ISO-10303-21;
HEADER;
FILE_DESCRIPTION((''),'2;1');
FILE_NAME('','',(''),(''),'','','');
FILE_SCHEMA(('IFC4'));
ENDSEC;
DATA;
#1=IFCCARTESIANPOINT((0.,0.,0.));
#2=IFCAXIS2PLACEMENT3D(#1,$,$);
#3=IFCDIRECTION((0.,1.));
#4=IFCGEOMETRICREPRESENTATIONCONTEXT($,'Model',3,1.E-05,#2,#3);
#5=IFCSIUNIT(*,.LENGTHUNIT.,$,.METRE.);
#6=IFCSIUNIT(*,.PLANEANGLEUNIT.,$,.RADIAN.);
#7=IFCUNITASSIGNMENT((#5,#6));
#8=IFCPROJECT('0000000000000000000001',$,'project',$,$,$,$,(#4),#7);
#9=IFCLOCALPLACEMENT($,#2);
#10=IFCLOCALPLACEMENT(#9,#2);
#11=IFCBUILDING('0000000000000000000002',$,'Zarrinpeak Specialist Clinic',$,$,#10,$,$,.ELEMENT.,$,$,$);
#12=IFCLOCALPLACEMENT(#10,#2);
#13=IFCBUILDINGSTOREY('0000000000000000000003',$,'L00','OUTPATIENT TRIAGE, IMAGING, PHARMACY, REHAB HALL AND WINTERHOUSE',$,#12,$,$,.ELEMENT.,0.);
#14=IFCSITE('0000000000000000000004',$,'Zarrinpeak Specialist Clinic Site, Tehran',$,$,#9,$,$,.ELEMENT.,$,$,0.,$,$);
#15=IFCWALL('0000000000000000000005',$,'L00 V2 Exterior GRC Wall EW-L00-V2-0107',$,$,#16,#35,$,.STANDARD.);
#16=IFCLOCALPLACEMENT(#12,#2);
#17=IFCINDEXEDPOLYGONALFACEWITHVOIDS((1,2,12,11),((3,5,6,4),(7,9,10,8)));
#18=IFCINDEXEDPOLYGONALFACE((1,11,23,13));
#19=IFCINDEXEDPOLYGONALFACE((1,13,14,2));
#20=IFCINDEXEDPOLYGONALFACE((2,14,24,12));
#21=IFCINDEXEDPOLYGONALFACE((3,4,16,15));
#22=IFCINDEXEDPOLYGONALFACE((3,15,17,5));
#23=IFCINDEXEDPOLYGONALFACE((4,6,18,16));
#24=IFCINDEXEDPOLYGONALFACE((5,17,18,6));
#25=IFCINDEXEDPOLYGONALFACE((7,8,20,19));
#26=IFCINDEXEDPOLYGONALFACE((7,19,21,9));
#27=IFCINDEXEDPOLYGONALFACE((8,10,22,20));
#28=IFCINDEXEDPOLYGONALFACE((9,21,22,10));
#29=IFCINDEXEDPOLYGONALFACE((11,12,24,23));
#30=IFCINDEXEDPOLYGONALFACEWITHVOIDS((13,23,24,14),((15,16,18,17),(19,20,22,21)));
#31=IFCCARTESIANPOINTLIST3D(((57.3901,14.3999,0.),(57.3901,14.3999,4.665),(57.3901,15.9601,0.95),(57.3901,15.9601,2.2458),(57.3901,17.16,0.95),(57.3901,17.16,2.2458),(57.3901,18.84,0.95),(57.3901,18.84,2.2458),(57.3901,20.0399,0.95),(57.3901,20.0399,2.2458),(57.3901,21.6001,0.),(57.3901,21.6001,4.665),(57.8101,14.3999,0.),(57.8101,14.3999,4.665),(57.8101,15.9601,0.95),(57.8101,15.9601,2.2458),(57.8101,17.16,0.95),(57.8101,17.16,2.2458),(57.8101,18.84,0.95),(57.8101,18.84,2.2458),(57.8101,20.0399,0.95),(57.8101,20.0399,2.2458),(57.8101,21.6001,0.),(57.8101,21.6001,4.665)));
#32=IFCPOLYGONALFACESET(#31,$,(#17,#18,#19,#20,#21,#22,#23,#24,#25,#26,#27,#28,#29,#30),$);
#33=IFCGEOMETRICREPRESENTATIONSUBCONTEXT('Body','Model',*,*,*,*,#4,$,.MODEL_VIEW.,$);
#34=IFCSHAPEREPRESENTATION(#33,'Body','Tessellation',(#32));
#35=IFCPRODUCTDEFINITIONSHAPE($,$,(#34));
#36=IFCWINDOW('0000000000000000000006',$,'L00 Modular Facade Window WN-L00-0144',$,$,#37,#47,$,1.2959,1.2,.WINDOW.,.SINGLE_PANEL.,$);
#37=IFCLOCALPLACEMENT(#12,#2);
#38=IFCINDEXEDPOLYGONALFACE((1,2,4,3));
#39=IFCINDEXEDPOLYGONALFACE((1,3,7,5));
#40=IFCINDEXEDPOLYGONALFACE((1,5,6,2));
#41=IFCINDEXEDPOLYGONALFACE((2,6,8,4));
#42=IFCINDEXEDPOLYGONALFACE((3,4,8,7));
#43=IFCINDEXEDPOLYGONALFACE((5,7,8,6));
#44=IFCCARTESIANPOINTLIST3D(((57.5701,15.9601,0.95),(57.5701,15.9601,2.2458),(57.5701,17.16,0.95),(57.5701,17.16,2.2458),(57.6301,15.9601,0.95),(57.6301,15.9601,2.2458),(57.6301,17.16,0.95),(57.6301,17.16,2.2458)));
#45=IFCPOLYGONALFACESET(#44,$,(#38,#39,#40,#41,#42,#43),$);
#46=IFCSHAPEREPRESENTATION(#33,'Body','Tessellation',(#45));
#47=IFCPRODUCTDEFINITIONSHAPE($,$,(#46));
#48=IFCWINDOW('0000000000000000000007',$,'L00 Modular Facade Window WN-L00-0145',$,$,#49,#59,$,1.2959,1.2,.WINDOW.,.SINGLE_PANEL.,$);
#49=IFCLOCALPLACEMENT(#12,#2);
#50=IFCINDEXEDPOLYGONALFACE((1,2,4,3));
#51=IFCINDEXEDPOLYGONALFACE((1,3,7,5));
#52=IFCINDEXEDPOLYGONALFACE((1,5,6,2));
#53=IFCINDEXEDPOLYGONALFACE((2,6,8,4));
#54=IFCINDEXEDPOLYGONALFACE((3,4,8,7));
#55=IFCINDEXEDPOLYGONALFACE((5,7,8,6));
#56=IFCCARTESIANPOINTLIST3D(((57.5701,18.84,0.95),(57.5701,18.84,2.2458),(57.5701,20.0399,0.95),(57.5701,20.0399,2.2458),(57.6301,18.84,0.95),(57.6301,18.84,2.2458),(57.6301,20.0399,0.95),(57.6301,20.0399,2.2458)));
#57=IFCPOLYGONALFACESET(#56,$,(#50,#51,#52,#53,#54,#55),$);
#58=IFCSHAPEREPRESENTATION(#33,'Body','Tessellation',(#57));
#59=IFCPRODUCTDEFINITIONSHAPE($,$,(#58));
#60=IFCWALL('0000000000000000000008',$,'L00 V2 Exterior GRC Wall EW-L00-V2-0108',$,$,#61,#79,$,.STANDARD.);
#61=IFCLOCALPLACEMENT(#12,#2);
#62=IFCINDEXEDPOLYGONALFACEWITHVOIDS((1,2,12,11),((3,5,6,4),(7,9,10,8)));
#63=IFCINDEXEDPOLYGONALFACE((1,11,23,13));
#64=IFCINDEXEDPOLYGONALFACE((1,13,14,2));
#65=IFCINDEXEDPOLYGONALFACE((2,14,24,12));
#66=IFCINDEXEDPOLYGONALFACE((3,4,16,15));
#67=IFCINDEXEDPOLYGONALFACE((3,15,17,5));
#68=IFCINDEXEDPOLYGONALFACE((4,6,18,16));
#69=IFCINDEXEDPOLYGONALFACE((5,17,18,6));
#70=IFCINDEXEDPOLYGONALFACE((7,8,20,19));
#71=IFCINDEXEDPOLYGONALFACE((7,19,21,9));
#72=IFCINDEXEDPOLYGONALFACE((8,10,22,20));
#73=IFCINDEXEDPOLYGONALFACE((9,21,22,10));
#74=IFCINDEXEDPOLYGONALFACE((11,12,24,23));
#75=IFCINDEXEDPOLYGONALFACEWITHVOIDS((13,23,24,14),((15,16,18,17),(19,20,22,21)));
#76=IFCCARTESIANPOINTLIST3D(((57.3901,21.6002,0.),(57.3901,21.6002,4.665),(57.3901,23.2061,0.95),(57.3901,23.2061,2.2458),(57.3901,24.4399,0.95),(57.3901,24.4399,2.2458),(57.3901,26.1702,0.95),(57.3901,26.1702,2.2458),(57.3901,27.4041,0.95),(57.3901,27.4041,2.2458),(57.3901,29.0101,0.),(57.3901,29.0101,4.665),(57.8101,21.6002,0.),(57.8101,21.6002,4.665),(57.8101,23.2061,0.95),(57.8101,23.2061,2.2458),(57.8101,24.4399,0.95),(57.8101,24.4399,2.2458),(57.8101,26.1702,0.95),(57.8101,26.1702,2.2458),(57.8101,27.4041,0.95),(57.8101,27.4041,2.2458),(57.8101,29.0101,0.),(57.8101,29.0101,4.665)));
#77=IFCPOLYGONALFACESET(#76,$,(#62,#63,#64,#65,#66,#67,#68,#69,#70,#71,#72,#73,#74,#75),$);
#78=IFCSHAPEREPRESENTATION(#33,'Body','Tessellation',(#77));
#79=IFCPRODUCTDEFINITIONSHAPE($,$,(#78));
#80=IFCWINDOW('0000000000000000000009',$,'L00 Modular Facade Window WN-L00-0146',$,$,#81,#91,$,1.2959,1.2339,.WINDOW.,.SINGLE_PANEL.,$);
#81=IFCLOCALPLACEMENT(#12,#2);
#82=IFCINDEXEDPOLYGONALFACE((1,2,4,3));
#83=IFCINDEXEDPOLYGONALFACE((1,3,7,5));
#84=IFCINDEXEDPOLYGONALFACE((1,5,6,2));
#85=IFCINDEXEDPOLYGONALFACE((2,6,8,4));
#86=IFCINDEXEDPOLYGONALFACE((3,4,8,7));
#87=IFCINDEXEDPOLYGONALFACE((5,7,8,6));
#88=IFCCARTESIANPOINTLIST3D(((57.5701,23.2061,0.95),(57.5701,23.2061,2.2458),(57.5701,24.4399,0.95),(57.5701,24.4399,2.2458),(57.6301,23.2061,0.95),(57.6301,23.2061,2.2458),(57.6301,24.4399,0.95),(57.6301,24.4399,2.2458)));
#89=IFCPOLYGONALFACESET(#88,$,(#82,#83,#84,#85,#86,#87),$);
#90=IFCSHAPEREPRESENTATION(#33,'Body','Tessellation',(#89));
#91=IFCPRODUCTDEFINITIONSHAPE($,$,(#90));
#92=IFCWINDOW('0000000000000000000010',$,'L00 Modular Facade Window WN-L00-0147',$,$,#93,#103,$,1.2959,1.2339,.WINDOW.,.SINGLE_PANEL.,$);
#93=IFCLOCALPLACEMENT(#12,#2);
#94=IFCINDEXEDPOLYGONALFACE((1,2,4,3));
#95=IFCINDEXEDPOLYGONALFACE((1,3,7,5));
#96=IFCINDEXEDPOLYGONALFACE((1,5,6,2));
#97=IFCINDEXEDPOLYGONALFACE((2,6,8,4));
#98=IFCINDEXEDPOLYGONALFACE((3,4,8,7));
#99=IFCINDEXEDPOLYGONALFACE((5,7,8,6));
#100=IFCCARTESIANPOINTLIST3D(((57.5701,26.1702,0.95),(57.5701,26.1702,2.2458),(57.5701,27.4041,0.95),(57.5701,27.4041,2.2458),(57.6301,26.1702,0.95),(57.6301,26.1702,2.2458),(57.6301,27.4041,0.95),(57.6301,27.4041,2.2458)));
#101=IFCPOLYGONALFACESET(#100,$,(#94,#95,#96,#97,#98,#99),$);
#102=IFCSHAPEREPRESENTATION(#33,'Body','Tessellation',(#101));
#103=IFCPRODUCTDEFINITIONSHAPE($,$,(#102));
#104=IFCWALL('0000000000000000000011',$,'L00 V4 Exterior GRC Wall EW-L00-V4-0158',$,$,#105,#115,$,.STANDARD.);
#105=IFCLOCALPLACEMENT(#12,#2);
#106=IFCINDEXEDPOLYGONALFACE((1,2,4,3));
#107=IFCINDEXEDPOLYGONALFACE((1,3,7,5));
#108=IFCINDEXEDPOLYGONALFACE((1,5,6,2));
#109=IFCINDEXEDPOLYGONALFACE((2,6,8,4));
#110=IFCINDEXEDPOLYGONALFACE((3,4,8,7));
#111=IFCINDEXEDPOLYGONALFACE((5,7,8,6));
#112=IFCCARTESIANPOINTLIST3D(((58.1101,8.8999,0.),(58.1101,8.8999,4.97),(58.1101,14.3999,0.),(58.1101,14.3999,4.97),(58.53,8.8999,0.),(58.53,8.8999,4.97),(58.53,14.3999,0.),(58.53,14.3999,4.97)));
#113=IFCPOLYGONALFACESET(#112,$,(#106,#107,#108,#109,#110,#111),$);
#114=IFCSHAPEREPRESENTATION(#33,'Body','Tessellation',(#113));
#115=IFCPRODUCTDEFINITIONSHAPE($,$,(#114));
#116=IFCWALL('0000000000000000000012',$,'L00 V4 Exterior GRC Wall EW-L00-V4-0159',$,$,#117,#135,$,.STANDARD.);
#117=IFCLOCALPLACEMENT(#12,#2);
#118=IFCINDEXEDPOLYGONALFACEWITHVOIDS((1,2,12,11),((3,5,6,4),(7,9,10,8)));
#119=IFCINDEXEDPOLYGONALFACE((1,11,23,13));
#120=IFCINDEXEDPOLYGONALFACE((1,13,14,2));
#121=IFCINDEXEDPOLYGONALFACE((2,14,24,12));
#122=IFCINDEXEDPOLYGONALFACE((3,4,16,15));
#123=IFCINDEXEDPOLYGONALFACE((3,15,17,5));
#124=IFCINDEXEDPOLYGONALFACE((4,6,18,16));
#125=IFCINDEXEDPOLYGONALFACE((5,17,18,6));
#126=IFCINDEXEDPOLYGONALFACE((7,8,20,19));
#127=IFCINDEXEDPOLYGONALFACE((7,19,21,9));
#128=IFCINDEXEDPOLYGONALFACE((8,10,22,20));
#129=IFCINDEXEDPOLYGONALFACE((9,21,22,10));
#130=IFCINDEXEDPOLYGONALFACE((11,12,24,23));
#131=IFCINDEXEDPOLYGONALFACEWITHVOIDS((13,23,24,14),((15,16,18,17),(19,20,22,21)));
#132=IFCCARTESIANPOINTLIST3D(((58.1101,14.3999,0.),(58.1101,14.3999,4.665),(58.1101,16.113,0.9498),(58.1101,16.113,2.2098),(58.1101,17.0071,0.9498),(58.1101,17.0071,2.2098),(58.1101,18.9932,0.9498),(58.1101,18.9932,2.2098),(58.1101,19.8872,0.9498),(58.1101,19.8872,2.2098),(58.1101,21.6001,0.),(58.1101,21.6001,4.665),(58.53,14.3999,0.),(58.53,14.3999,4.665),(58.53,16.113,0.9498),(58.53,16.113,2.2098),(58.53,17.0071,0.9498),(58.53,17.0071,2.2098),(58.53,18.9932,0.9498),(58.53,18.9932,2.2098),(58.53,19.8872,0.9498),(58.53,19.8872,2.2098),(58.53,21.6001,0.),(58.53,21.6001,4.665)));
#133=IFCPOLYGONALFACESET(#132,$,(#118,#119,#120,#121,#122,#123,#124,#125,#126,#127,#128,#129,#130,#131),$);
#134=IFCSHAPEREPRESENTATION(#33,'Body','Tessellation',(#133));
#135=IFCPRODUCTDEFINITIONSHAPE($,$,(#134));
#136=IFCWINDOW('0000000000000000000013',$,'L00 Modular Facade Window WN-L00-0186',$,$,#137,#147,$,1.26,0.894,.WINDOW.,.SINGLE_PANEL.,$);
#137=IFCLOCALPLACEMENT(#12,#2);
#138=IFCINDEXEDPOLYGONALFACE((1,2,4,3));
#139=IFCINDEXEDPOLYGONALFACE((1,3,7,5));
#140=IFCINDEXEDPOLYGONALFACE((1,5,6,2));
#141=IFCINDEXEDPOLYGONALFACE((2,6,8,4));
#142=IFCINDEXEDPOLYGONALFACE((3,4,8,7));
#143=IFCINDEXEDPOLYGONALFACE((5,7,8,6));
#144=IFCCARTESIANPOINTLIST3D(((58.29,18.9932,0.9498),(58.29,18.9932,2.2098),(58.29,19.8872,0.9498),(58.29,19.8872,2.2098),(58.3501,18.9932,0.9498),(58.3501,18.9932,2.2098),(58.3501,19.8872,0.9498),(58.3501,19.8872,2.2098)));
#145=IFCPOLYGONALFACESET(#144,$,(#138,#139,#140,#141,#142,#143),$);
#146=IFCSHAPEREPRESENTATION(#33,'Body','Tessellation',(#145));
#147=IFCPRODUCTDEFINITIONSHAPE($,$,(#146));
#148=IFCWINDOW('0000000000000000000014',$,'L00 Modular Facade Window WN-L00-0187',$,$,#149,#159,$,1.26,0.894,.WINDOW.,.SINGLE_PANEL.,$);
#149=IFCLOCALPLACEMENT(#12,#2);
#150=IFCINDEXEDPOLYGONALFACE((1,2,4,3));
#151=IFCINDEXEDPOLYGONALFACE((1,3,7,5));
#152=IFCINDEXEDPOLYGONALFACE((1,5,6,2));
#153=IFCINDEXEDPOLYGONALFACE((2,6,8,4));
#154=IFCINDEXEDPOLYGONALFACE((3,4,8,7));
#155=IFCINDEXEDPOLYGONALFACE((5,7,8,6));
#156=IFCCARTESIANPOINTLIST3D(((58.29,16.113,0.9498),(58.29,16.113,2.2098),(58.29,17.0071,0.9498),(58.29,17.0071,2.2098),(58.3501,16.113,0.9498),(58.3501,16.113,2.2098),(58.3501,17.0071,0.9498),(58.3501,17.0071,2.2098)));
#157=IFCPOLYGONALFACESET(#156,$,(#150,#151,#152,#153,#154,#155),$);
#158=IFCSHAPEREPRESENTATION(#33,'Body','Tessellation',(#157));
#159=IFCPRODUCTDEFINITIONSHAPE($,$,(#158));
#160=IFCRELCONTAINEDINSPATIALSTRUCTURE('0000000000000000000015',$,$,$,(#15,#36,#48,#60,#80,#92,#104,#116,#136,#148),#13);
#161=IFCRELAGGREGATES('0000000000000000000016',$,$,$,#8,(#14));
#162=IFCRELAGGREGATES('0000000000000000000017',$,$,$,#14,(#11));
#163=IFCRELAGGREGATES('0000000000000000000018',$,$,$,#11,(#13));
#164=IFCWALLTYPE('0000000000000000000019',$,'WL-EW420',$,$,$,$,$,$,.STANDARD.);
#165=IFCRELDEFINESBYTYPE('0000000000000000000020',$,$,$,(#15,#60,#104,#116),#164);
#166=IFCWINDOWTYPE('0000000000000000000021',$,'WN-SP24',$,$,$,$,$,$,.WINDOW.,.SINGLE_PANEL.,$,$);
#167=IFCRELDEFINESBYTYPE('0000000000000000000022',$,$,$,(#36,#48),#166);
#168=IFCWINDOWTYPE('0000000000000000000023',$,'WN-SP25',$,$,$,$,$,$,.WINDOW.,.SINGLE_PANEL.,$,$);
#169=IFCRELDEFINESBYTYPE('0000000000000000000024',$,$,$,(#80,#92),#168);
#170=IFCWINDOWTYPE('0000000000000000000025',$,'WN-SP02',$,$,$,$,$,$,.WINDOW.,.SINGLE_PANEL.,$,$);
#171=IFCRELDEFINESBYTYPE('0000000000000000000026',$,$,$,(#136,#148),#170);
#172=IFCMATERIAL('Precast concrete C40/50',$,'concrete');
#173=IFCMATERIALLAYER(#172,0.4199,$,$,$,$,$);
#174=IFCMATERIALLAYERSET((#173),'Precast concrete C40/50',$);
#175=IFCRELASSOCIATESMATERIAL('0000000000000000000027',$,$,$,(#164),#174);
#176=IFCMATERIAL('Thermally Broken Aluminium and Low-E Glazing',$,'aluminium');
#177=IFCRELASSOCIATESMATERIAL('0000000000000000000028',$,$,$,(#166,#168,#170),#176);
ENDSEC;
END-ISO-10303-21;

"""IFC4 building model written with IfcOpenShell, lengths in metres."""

from ifc_helpers import new_model, si_unit, direction, frame, frame_2d, origin, place, context, subcontext, project, spatial, rectangle, extrude, material, layer, layer_set, type_object, element, fill, save


model = new_model("IFC4")

# Units and contexts
model_context = context("Model", 3, precision=1e-05, world=origin(), true_north=direction((0.0, 1.0)))
body_context = subcontext(model_context, "Body", "Model", "MODEL_VIEW")
ifc_project = project(units=[si_unit("LENGTHUNIT", "METRE"), si_unit("PLANEANGLEUNIT", "RADIAN")], contexts=[model_context])

# Site, building, storey
site_placement = place(None, origin())
site = spatial("IfcSite", under=ifc_project, at=site_placement, Name="Zarrinpeak Specialist Clinic Site, Tehran", CompositionType="ELEMENT", RefElevation=0.0)
building_placement = place(site_placement, origin())
building = spatial("IfcBuilding", under=site, at=building_placement, Name="Zarrinpeak Specialist Clinic", CompositionType="ELEMENT")
storey_placement = place(building_placement, origin())
storey = spatial("IfcBuildingStorey", under=building, at=storey_placement, Name="L00", Description="OUTPATIENT TRIAGE, IMAGING, PHARMACY, REHAB HALL AND WINTERHOUSE", CompositionType="ELEMENT", Elevation=0.0)

# Walls, openings, windows
ifc_material_1 = material(Name="Precast concrete C40/50", Category="concrete")
ifc_layer_1 = layer(ifc_material_1, 0.4199)
ifc_layer_set_1 = layer_set([ifc_layer_1], Name="Precast concrete C40/50")
wall_type_1 = type_object("IfcWallType", Name="WL-EW420", PredefinedType="STANDARD", material=ifc_layer_set_1)
wall_1_placement = place(storey_placement, frame((57.6001, 14.3999, 0.0), z_axis=(0.0, 0.0, 1.0), x_axis=(0.0, 1.0, 0.0)))
wall_1 = element("IfcWall", 1, at=wall_1_placement, inside=storey, type_object=wall_type_1, Name="L00 V2 Exterior GRC Wall EW-L00-V2-0107", PredefinedType="STANDARD", context=body_context, shape_type="SweptSolid", body=[
    extrude(rectangle(XDim=7.2002, YDim=0.4199, at=frame_2d((3.6001, 0.0))), origin(), (0.0, 0.0, 1.0), 4.665),
])
opening_1_placement = place(wall_1_placement, frame((1.5601, 0.0, 0.95)))
opening_1 = element("IfcOpeningElement", 2, at=opening_1_placement, cuts=wall_1, PredefinedType="OPENING", context=body_context, shape_type="SweptSolid", body=[
    extrude(rectangle(XDim=1.2, YDim=1.2959, at=frame_2d((0.6001, 0.6479))), frame((0.0, 0.22, 0.0), z_axis=(0.0, -1.0, 0.0), x_axis=(1.0, 0.0, 0.0)), (0.0, 0.0, 1.0), 0.4399),
])
opening_2_placement = place(wall_1_placement, frame((4.4399, 0.0, 0.95)))
opening_2 = element("IfcOpeningElement", 3, at=opening_2_placement, cuts=wall_1, PredefinedType="OPENING", context=body_context, shape_type="SweptSolid", body=[
    extrude(rectangle(XDim=1.2, YDim=1.2959, at=frame_2d((0.6001, 0.6479))), frame((0.0, 0.22, 0.0), z_axis=(0.0, -1.0, 0.0), x_axis=(1.0, 0.0, 0.0)), (0.0, 0.0, 1.0), 0.4399),
])
ifc_material_2 = material(Name="Thermally Broken Aluminium and Low-E Glazing", Category="aluminium")
window_type_1 = type_object("IfcWindowType", Name="WN-SP24", PartitioningType="SINGLE_PANEL", PredefinedType="WINDOW", material=ifc_material_2)
window_1_placement = place(opening_1_placement, origin())
window_1 = element("IfcWindow", 4, at=window_1_placement, inside=storey, type_object=window_type_1, Name="L00 Modular Facade Window WN-L00-0144", OverallHeight=1.2959, OverallWidth=1.2, PartitioningType="SINGLE_PANEL", PredefinedType="WINDOW", context=body_context, shape_type="SweptSolid", body=[
    extrude(rectangle(XDim=1.2, YDim=1.2959, at=frame_2d((0.6001, 0.6479))), frame((0.0, 0.03, 0.0), z_axis=(0.0, -1.0, 0.0), x_axis=(1.0, 0.0, 0.0)), (0.0, 0.0, 1.0), 0.0601),
])
fill(opening_1, window_1)
window_2_placement = place(opening_2_placement, origin())
window_2 = element("IfcWindow", 5, at=window_2_placement, inside=storey, type_object=window_type_1, Name="L00 Modular Facade Window WN-L00-0145", OverallHeight=1.2959, OverallWidth=1.2, PartitioningType="SINGLE_PANEL", PredefinedType="WINDOW", context=body_context, shape_type="SweptSolid", body=[
    extrude(rectangle(XDim=1.2, YDim=1.2959, at=frame_2d((0.6001, 0.6479))), frame((0.0, 0.03, 0.0), z_axis=(0.0, -1.0, 0.0), x_axis=(1.0, 0.0, 0.0)), (0.0, 0.0, 1.0), 0.0601),
])
fill(opening_2, window_2)
wall_2_placement = place(storey_placement, frame((57.6001, 21.6001, 0.0), z_axis=(0.0, 0.0, 1.0), x_axis=(0.0, 1.0, 0.0)))
wall_2 = element("IfcWall", 6, at=wall_2_placement, inside=storey, type_object=wall_type_1, Name="L00 V2 Exterior GRC Wall EW-L00-V2-0108", PredefinedType="STANDARD", context=body_context, shape_type="SweptSolid", body=[
    extrude(rectangle(XDim=7.4099, YDim=0.4199, at=frame_2d((3.7051, 0.0))), origin(), (0.0, 0.0, 1.0), 4.665),
])
opening_3_placement = place(wall_2_placement, frame((1.606, 0.0, 0.95)))
opening_3 = element("IfcOpeningElement", 7, at=opening_3_placement, cuts=wall_2, PredefinedType="OPENING", context=body_context, shape_type="SweptSolid", body=[
    extrude(rectangle(XDim=1.2339, YDim=1.2959, at=frame_2d((0.6169, 0.6479))), frame((0.0, 0.22, 0.0), z_axis=(0.0, -1.0, 0.0), x_axis=(1.0, 0.0, 0.0)), (0.0, 0.0, 1.0), 0.4399),
])
opening_4_placement = place(wall_2_placement, frame((4.5701, 0.0, 0.95)))
opening_4 = element("IfcOpeningElement", 8, at=opening_4_placement, cuts=wall_2, PredefinedType="OPENING", context=body_context, shape_type="SweptSolid", body=[
    extrude(rectangle(XDim=1.2339, YDim=1.2959, at=frame_2d((0.6169, 0.6479))), frame((0.0, 0.22, 0.0), z_axis=(0.0, -1.0, 0.0), x_axis=(1.0, 0.0, 0.0)), (0.0, 0.0, 1.0), 0.4399),
])
window_type_2 = type_object("IfcWindowType", Name="WN-SP25", PartitioningType="SINGLE_PANEL", PredefinedType="WINDOW", material=ifc_material_2)
window_3_placement = place(opening_3_placement, origin())
window_3 = element("IfcWindow", 9, at=window_3_placement, inside=storey, type_object=window_type_2, Name="L00 Modular Facade Window WN-L00-0146", OverallHeight=1.2959, OverallWidth=1.2339, PartitioningType="SINGLE_PANEL", PredefinedType="WINDOW", context=body_context, shape_type="SweptSolid", body=[
    extrude(rectangle(XDim=1.2339, YDim=1.2959, at=frame_2d((0.6169, 0.6479))), frame((0.0, 0.03, 0.0), z_axis=(0.0, -1.0, 0.0), x_axis=(1.0, 0.0, 0.0)), (0.0, 0.0, 1.0), 0.0601),
])
fill(opening_3, window_3)
window_4_placement = place(opening_4_placement, origin())
window_4 = element("IfcWindow", 10, at=window_4_placement, inside=storey, type_object=window_type_2, Name="L00 Modular Facade Window WN-L00-0147", OverallHeight=1.2959, OverallWidth=1.2339, PartitioningType="SINGLE_PANEL", PredefinedType="WINDOW", context=body_context, shape_type="SweptSolid", body=[
    extrude(rectangle(XDim=1.2339, YDim=1.2959, at=frame_2d((0.6169, 0.6479))), frame((0.0, 0.03, 0.0), z_axis=(0.0, -1.0, 0.0), x_axis=(1.0, 0.0, 0.0)), (0.0, 0.0, 1.0), 0.0601),
])
fill(opening_4, window_4)

# Wall
wall_3_placement = place(storey_placement, frame((58.3201, 14.3999, 0.0), z_axis=(0.0, 0.0, 1.0), x_axis=(0.0, -1.0, 0.0)))
element("IfcWall", 11, at=wall_3_placement, inside=storey, type_object=wall_type_1, Name="L00 V4 Exterior GRC Wall EW-L00-V4-0158", PredefinedType="STANDARD", context=body_context, shape_type="SweptSolid", body=[
    extrude(rectangle(XDim=5.5, YDim=0.4199, at=frame_2d((2.75, 0.0))), origin(), (0.0, 0.0, 1.0), 4.97),
])

# Wall, openings, windows
wall_4_placement = place(storey_placement, frame((58.3201, 21.6001, 0.0), z_axis=(0.0, 0.0, 1.0), x_axis=(0.0, -1.0, 0.0)))
wall_4 = element("IfcWall", 12, at=wall_4_placement, inside=storey, type_object=wall_type_1, Name="L00 V4 Exterior GRC Wall EW-L00-V4-0159", PredefinedType="STANDARD", context=body_context, shape_type="SweptSolid", body=[
    extrude(rectangle(XDim=7.2002, YDim=0.4199, at=frame_2d((3.6001, 0.0))), origin(), (0.0, 0.0, 1.0), 4.665),
])
opening_5_placement = place(wall_4_placement, frame((1.7129, 0.0, 0.95)))
opening_5 = element("IfcOpeningElement", 13, at=opening_5_placement, cuts=wall_4, PredefinedType="OPENING", context=body_context, shape_type="SweptSolid", body=[
    extrude(rectangle(XDim=0.894, YDim=1.26, at=frame_2d((0.447, 0.6299))), frame((0.0, 0.22, 0.0), z_axis=(0.0, -1.0, 0.0), x_axis=(1.0, 0.0, 0.0)), (0.0, 0.0, 1.0), 0.4399),
])
opening_6_placement = place(wall_4_placement, frame((4.593, 0.0, 0.95)))
opening_6 = element("IfcOpeningElement", 14, at=opening_6_placement, cuts=wall_4, PredefinedType="OPENING", context=body_context, shape_type="SweptSolid", body=[
    extrude(rectangle(XDim=0.894, YDim=1.26, at=frame_2d((0.447, 0.6299))), frame((0.0, 0.22, 0.0), z_axis=(0.0, -1.0, 0.0), x_axis=(1.0, 0.0, 0.0)), (0.0, 0.0, 1.0), 0.4399),
])
window_type_3 = type_object("IfcWindowType", Name="WN-SP02", PartitioningType="SINGLE_PANEL", PredefinedType="WINDOW", material=ifc_material_2)
window_5_placement = place(opening_5_placement, origin())
window_5 = element("IfcWindow", 15, at=window_5_placement, inside=storey, type_object=window_type_3, Name="L00 Modular Facade Window WN-L00-0186", OverallHeight=1.26, OverallWidth=0.894, PartitioningType="SINGLE_PANEL", PredefinedType="WINDOW", context=body_context, shape_type="SweptSolid", body=[
    extrude(rectangle(XDim=0.894, YDim=1.26, at=frame_2d((0.447, 0.6299))), frame((0.0, 0.03, 0.0), z_axis=(0.0, -1.0, 0.0), x_axis=(1.0, 0.0, 0.0)), (0.0, 0.0, 1.0), 0.0601),
])
fill(opening_5, window_5)
window_6_placement = place(opening_6_placement, origin())
window_6 = element("IfcWindow", 16, at=window_6_placement, inside=storey, type_object=window_type_3, Name="L00 Modular Facade Window WN-L00-0187", OverallHeight=1.26, OverallWidth=0.894, PartitioningType="SINGLE_PANEL", PredefinedType="WINDOW", context=body_context, shape_type="SweptSolid", body=[
    extrude(rectangle(XDim=0.894, YDim=1.26, at=frame_2d((0.447, 0.6299))), frame((0.0, 0.03, 0.0), z_axis=(0.0, -1.0, 0.0), x_axis=(1.0, 0.0, 0.0)), (0.0, 0.0, 1.0), 0.0601),
])
fill(opening_6, window_6)

save(model, "model.ifc")
